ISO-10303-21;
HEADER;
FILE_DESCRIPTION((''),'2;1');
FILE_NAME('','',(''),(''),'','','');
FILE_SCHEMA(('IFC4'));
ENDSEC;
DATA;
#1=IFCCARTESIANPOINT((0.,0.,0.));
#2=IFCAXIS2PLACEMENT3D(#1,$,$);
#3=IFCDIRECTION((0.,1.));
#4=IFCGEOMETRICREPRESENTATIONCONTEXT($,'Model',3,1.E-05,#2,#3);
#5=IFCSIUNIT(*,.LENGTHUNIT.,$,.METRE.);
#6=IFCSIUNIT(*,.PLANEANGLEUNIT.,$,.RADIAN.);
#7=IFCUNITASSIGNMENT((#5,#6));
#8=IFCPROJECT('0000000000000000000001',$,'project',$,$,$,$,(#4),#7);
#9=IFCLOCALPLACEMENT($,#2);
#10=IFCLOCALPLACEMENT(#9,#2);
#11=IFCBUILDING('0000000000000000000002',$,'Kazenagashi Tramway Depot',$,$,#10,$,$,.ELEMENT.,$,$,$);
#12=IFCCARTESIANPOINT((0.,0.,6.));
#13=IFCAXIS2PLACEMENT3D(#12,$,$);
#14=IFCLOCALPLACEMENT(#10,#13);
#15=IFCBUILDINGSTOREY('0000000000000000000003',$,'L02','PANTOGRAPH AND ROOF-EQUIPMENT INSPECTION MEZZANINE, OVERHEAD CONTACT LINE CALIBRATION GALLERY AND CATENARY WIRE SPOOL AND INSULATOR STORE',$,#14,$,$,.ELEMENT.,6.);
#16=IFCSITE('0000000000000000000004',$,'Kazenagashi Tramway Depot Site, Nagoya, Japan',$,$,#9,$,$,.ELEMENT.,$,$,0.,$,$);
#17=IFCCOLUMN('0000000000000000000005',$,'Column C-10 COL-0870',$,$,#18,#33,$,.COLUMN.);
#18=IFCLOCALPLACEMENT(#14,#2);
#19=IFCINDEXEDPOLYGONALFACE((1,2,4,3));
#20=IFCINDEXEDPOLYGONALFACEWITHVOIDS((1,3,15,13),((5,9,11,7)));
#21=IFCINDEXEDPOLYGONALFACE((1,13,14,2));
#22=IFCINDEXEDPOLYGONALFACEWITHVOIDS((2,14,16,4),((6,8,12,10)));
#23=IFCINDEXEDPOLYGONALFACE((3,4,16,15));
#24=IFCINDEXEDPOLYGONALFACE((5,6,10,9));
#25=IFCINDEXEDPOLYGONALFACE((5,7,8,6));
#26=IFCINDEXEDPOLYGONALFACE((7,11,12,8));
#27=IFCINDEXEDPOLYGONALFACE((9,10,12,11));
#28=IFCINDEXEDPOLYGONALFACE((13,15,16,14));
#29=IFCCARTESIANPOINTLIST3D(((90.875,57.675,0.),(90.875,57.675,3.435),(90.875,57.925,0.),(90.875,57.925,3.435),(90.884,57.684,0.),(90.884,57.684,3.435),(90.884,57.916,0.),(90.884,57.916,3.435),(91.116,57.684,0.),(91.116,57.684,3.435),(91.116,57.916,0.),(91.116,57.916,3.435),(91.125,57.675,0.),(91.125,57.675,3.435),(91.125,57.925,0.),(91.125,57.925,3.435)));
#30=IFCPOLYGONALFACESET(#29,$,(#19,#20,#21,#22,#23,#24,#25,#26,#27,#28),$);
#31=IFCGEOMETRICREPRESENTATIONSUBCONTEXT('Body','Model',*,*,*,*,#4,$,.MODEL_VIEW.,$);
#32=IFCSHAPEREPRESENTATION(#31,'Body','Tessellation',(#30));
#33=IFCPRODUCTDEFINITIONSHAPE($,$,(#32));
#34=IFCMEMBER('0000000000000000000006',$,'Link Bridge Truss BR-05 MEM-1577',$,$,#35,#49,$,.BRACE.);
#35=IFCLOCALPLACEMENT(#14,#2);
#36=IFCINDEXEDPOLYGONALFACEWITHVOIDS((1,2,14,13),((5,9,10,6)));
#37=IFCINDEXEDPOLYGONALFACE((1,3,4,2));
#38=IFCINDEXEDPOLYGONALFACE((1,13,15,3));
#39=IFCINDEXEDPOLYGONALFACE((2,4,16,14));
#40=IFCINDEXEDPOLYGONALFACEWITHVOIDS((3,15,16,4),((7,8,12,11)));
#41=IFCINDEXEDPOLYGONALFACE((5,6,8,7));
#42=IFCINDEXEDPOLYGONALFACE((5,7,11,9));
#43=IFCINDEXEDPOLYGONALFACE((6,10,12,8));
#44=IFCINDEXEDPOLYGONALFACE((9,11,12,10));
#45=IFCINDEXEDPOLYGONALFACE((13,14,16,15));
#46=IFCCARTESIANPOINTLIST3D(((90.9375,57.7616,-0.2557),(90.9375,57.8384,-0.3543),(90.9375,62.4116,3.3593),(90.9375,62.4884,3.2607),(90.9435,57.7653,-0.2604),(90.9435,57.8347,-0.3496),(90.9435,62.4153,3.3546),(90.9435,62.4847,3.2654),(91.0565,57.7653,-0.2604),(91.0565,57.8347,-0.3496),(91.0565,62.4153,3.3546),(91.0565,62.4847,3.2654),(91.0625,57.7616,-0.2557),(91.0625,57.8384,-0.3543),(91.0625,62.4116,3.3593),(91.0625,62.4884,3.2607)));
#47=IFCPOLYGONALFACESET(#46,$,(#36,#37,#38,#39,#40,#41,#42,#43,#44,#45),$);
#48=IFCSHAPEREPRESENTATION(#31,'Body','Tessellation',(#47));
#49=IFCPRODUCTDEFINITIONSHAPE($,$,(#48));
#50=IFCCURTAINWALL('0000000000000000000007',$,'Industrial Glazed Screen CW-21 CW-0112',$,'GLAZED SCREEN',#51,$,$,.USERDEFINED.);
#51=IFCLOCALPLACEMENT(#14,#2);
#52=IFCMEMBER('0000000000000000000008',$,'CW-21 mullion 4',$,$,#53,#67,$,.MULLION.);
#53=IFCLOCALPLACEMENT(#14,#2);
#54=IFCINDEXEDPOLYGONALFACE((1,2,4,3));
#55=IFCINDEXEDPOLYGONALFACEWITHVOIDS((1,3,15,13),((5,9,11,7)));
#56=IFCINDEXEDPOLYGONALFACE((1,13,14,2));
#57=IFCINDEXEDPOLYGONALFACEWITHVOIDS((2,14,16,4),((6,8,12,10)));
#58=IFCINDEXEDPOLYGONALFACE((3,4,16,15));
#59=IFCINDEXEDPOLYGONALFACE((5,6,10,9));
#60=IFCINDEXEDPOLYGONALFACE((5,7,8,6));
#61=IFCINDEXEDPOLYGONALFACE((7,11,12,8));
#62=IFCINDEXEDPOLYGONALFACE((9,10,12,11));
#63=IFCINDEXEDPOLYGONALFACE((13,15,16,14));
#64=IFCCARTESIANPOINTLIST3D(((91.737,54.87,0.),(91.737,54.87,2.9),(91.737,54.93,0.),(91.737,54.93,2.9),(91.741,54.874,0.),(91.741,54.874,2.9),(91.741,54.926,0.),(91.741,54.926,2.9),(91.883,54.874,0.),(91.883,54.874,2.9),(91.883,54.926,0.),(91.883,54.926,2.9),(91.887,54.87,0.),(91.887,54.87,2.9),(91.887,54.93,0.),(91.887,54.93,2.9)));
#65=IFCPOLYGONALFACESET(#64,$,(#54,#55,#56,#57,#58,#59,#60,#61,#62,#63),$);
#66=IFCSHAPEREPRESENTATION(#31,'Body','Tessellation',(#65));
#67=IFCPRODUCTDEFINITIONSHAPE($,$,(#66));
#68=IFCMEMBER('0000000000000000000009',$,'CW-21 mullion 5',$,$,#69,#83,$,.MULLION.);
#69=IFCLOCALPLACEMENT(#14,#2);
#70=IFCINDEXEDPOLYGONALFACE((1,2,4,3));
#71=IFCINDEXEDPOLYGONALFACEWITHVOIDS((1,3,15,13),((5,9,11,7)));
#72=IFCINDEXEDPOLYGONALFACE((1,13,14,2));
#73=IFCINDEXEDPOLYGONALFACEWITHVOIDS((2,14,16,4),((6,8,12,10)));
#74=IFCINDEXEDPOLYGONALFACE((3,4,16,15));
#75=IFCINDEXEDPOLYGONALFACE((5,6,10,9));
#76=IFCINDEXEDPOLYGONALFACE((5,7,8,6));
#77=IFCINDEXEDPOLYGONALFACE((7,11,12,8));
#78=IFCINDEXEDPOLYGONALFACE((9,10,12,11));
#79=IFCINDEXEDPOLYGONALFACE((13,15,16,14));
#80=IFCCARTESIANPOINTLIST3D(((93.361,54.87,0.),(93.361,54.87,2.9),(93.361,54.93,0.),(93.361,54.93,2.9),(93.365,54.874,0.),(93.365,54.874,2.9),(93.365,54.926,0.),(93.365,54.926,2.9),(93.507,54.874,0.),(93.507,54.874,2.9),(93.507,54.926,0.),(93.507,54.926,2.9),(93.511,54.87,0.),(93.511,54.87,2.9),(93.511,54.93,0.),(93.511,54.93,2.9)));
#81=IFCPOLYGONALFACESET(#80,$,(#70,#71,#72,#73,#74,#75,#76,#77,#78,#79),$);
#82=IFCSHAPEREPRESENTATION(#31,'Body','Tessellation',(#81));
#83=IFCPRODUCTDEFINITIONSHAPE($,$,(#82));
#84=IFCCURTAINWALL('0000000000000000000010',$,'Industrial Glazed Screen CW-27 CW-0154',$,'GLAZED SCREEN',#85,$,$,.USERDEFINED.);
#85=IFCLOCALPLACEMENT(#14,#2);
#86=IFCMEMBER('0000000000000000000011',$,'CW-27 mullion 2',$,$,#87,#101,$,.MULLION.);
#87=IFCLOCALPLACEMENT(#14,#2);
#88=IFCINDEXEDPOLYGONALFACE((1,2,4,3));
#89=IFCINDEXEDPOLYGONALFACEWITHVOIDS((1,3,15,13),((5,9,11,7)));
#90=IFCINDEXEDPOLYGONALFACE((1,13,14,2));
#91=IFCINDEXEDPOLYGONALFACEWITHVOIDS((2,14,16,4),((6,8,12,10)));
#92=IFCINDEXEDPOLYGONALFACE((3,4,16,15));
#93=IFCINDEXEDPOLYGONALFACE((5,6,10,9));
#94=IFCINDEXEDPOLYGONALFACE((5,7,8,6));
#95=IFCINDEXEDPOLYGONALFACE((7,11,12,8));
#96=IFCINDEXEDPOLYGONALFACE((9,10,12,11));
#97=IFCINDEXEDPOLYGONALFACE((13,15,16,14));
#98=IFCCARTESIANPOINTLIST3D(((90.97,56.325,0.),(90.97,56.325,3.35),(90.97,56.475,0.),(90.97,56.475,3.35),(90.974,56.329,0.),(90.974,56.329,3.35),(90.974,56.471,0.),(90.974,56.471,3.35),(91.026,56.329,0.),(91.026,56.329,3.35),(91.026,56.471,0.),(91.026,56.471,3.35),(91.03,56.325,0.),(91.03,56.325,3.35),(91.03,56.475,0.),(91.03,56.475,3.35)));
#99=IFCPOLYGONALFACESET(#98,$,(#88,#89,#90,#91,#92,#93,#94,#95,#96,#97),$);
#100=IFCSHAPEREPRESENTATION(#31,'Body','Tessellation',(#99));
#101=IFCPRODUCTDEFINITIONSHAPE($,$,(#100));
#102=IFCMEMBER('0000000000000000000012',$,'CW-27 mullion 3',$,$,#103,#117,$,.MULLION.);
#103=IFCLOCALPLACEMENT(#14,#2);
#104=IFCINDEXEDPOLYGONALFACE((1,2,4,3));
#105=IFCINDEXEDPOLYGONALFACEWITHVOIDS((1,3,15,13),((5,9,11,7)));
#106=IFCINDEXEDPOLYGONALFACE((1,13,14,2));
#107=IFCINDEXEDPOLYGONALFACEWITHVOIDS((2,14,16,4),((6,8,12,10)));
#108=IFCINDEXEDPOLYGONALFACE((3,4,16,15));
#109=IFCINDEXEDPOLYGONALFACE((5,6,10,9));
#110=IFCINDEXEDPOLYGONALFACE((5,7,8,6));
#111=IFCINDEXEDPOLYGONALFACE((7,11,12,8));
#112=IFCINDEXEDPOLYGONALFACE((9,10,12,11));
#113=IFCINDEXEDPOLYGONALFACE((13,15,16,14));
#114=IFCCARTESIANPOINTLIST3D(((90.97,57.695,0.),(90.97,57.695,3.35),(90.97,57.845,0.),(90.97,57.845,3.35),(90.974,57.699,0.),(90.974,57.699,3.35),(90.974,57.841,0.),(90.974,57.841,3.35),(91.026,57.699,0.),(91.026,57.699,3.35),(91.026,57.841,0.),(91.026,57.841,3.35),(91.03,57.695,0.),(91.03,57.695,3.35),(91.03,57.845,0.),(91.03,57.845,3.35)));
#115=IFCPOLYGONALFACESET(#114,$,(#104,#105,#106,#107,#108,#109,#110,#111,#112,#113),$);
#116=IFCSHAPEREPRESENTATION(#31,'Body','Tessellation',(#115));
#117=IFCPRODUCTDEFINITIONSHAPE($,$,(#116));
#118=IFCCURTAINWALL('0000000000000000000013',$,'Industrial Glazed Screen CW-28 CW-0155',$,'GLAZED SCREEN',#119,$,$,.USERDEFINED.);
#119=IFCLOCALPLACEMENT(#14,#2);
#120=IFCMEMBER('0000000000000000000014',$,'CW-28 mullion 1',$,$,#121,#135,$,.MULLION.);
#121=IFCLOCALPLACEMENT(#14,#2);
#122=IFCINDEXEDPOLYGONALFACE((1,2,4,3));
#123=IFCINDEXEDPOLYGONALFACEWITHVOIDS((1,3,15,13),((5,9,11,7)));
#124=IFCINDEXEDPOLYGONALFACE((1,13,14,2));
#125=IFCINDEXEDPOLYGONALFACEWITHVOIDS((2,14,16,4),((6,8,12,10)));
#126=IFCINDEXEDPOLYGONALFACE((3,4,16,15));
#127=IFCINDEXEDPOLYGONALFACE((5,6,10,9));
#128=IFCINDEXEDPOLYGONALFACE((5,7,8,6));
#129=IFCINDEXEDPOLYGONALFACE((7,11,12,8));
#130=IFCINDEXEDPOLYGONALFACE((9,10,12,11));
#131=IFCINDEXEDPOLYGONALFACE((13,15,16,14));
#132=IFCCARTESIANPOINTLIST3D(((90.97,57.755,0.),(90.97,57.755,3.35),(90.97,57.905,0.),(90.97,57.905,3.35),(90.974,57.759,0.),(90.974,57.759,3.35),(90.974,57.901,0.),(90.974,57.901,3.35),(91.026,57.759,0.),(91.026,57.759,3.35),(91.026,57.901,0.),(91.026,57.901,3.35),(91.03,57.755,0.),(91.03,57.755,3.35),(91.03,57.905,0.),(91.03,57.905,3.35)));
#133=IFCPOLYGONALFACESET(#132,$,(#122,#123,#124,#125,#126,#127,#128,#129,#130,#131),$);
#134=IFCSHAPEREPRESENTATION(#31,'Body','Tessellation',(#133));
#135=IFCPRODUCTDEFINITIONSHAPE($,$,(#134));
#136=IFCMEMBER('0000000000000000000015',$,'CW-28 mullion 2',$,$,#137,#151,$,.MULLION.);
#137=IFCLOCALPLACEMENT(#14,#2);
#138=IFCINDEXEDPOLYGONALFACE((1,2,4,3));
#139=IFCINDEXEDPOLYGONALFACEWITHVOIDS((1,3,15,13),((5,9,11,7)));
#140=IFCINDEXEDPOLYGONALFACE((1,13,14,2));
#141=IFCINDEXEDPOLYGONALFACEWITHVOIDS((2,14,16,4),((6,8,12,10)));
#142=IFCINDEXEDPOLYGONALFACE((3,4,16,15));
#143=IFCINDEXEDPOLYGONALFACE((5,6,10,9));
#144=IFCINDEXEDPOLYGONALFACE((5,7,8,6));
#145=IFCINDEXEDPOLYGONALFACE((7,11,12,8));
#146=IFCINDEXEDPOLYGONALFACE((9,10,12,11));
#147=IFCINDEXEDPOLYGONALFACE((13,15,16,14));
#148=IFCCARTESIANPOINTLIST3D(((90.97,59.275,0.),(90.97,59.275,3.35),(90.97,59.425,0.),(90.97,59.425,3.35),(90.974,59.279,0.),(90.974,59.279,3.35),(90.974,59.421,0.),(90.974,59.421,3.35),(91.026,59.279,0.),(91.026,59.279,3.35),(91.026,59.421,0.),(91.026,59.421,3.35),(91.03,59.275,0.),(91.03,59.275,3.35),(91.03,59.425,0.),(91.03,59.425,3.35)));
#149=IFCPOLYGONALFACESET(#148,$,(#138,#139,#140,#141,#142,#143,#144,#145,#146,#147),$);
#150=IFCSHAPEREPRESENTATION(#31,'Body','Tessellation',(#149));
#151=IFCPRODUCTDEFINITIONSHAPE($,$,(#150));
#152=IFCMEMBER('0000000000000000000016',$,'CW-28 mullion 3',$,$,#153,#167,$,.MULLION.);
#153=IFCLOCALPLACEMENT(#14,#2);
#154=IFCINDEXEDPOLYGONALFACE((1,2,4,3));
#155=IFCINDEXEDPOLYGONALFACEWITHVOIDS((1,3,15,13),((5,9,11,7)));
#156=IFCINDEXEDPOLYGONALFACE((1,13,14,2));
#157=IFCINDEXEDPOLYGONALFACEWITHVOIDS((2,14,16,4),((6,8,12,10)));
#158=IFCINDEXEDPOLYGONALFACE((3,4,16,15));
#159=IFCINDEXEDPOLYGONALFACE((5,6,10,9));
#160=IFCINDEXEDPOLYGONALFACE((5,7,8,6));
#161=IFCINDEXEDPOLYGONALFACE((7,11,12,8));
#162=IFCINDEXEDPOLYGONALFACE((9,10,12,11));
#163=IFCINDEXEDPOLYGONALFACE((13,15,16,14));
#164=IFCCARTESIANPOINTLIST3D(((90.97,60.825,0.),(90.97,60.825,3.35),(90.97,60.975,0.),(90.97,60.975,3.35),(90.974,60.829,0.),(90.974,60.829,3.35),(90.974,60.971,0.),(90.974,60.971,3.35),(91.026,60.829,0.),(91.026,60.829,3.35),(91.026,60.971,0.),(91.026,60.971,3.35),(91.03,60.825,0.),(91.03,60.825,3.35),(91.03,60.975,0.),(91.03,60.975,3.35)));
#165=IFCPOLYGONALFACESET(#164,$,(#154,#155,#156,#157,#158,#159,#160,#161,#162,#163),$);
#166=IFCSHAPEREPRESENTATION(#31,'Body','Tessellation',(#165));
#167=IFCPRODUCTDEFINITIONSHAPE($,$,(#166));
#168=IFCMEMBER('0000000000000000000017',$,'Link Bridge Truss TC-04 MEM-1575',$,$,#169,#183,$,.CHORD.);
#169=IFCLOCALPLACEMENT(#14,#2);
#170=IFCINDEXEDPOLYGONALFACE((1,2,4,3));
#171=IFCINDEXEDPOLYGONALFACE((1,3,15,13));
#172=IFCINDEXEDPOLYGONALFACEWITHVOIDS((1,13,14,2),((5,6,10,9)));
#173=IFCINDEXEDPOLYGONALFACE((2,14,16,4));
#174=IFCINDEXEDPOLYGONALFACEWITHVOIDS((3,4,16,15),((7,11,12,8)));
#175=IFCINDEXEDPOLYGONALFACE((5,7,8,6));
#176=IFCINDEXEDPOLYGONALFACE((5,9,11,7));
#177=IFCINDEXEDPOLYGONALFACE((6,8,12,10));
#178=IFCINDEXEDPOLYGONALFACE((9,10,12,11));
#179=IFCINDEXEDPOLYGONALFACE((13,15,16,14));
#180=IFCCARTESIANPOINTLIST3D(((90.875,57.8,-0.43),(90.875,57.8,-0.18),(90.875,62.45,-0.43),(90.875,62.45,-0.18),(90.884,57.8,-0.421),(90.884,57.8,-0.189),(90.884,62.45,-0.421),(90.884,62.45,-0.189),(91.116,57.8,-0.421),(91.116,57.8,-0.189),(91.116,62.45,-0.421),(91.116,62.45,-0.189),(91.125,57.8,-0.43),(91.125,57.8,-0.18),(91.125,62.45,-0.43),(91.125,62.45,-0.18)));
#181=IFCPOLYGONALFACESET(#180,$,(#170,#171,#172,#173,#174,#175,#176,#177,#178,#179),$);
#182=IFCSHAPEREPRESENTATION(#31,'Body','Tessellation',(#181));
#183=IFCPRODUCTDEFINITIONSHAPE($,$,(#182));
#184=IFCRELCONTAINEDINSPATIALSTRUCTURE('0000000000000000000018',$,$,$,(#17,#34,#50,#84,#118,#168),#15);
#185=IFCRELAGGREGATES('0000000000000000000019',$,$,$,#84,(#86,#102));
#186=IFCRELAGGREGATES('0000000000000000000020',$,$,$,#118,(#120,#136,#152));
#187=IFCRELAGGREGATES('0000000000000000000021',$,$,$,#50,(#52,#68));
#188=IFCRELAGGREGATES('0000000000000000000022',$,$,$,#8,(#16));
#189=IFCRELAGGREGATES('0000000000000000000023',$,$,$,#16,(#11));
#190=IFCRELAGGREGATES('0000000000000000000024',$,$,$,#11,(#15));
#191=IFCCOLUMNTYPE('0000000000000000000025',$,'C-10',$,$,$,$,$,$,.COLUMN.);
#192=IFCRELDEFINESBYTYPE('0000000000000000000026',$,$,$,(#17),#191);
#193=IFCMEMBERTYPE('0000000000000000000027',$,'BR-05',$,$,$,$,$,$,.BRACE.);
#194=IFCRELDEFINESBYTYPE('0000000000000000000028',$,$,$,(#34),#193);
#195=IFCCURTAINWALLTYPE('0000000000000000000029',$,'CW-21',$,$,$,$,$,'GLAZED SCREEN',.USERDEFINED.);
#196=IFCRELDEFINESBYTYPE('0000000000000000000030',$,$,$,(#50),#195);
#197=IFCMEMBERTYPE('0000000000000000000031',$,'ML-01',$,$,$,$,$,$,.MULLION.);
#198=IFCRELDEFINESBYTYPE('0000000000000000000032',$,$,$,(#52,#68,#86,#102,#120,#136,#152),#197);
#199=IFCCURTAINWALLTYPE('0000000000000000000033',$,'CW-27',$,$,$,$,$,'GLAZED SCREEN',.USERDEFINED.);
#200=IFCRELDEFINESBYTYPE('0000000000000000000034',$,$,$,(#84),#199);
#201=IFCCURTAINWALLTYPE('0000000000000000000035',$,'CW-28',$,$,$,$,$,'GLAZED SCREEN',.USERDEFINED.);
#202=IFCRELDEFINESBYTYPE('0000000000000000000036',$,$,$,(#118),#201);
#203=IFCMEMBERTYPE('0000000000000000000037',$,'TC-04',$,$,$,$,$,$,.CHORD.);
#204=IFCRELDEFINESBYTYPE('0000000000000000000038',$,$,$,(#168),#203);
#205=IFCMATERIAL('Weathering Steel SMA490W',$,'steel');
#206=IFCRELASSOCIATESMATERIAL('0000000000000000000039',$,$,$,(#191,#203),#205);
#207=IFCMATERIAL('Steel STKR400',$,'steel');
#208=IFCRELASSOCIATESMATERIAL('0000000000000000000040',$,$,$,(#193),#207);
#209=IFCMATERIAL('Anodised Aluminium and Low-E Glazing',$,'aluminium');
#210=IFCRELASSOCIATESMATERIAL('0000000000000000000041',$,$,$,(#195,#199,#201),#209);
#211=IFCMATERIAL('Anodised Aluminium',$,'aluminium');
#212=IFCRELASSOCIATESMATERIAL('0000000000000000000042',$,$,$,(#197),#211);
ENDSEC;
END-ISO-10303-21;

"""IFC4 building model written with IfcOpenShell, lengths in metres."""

from ifc_helpers import new_model, si_unit, direction, frame, origin, origin_2d, place, context, subcontext, project, spatial, hollow_rectangle, extrude, material, material_profile, profile_set, type_object, element, aggregate, save


model = new_model("IFC4")

# Units and contexts
model_context = context("Model", 3, precision=1e-05, world=origin(), true_north=direction((0.0, 1.0)))
body_context = subcontext(model_context, "Body", "Model", "MODEL_VIEW")
ifc_project = project(units=[si_unit("LENGTHUNIT", "METRE"), si_unit("PLANEANGLEUNIT", "RADIAN")], contexts=[model_context])

# Site, building, storey
site_placement = place(None, origin())
site = spatial("IfcSite", under=ifc_project, at=site_placement, Name="Kazenagashi Tramway Depot Site, Nagoya, Japan", CompositionType="ELEMENT", RefElevation=0.0)
building_placement = place(site_placement, origin())
building = spatial("IfcBuilding", under=site, at=building_placement, Name="Kazenagashi Tramway Depot", CompositionType="ELEMENT")
storey_placement = place(building_placement, frame((0.0, 0.0, 6.0)))
storey = spatial("IfcBuildingStorey", under=building, at=storey_placement, Name="L02", Description="PANTOGRAPH AND ROOF-EQUIPMENT INSPECTION MEZZANINE, OVERHEAD CONTACT LINE CALIBRATION GALLERY AND CATENARY WIRE SPOOL AND INSULATOR STORE", CompositionType="ELEMENT", Elevation=6.0)

# Column
ifc_material_1 = material(Name="Weathering Steel SMA490W", Category="steel")
ifc_material_profile_1 = material_profile(ifc_material_1, hollow_rectangle(XDim=0.25, YDim=0.25, WallThickness=0.009, at=origin_2d()), Name="SHS-250x250x9")
ifc_profile_set_1 = profile_set([ifc_material_profile_1], Name="Weathering Steel SMA490W")
column_type = type_object("IfcColumnType", Name="C-10", PredefinedType="COLUMN", material=ifc_profile_set_1)
column_placement = place(storey_placement, frame((91.0, 57.8, 0.0), z_axis=(0.0, 0.0, 1.0), x_axis=(1.0, 0.0, 0.0)))
element("IfcColumn", 1, at=column_placement, inside=storey, type_object=column_type, Name="Column C-10 COL-0870", PredefinedType="COLUMN", context=body_context, shape_type="SweptSolid", body=[
    extrude(hollow_rectangle(XDim=0.25, YDim=0.25, WallThickness=0.009, at=origin_2d()), origin(), (0.0, 0.0, 1.0), 3.435),
])

# Member
ifc_material_2 = material(Name="Steel STKR400", Category="steel")
ifc_material_profile_2 = material_profile(ifc_material_2, hollow_rectangle(XDim=0.125, YDim=0.125, WallThickness=0.006, at=origin_2d()), Name="SHS-125x125x6")
ifc_profile_set_2 = profile_set([ifc_material_profile_2], Name="Steel STKR400")
member_type_1 = type_object("IfcMemberType", Name="BR-05", PredefinedType="BRACE", material=ifc_profile_set_2)
member_1_placement = place(storey_placement, frame((91.0, 57.8, -0.305), z_axis=(0.0, 0.789489, 0.613764), x_axis=(-1.0, 0.0, 0.0)))
element("IfcMember", 2, at=member_1_placement, inside=storey, type_object=member_type_1, Name="Link Bridge Truss BR-05 MEM-1577", PredefinedType="BRACE", context=body_context, shape_type="SweptSolid", body=[
    extrude(hollow_rectangle(XDim=0.125, YDim=0.125, WallThickness=0.006, at=origin_2d()), origin(), (0.0, 0.0, 1.0), 5.8899),
])

# Curtain walls, members
ifc_material_3 = material(Name="Anodised Aluminium and Low-E Glazing", Category="aluminium")
curtain_wall_type_1 = type_object("IfcCurtainWallType", Name="CW-21", ElementType="GLAZED SCREEN", PredefinedType="USERDEFINED", material=ifc_material_3)
curtain_wall_1_placement = place(storey_placement, origin())
curtain_wall_1 = element("IfcCurtainWall", 3, at=curtain_wall_1_placement, inside=storey, type_object=curtain_wall_type_1, Name="Industrial Glazed Screen CW-21 CW-0112", ObjectType="GLAZED SCREEN", PredefinedType="USERDEFINED")
ifc_material_4 = material(Name="Anodised Aluminium", Category="aluminium")
ifc_material_profile_3 = material_profile(ifc_material_4, hollow_rectangle(XDim=0.06, YDim=0.15, WallThickness=0.004, at=origin_2d()), Name="RHS-150x60x4")
ifc_profile_set_3 = profile_set([ifc_material_profile_3], Name="Anodised Aluminium")
member_type_2 = type_object("IfcMemberType", Name="ML-01", PredefinedType="MULLION", material=ifc_profile_set_3)
member_2_placement = place(storey_placement, frame((91.812, 54.9, 0.0), z_axis=(0.0, 0.0, 1.0), x_axis=(0.0, 1.0, 0.0)))
member_2 = element("IfcMember", 4, at=member_2_placement, type_object=member_type_2, Name="CW-21 mullion 4", PredefinedType="MULLION", context=body_context, shape_type="SweptSolid", body=[
    extrude(hollow_rectangle(XDim=0.06, YDim=0.15, WallThickness=0.004, at=origin_2d()), origin(), (0.0, 0.0, 1.0), 2.9),
])
member_3_placement = place(storey_placement, frame((93.436, 54.9, 0.0), z_axis=(0.0, 0.0, 1.0), x_axis=(0.0, 1.0, 0.0)))
member_3 = element("IfcMember", 5, at=member_3_placement, type_object=member_type_2, Name="CW-21 mullion 5", PredefinedType="MULLION", context=body_context, shape_type="SweptSolid", body=[
    extrude(hollow_rectangle(XDim=0.06, YDim=0.15, WallThickness=0.004, at=origin_2d()), origin(), (0.0, 0.0, 1.0), 2.9),
])
curtain_wall_type_2 = type_object("IfcCurtainWallType", Name="CW-27", ElementType="GLAZED SCREEN", PredefinedType="USERDEFINED", material=ifc_material_3)
curtain_wall_2_placement = place(storey_placement, origin())
curtain_wall_2 = element("IfcCurtainWall", 6, at=curtain_wall_2_placement, inside=storey, type_object=curtain_wall_type_2, Name="Industrial Glazed Screen CW-27 CW-0154", ObjectType="GLAZED SCREEN", PredefinedType="USERDEFINED")
member_4_placement = place(storey_placement, frame((91.0, 56.4, 0.0), z_axis=(0.0, 0.0, 1.0), x_axis=(-1.0, 0.0, 0.0)))
member_4 = element("IfcMember", 7, at=member_4_placement, type_object=member_type_2, Name="CW-27 mullion 2", PredefinedType="MULLION", context=body_context, shape_type="SweptSolid", body=[
    extrude(hollow_rectangle(XDim=0.06, YDim=0.15, WallThickness=0.004, at=origin_2d()), origin(), (0.0, 0.0, 1.0), 3.35),
])
member_5_placement = place(storey_placement, frame((91.0, 57.77, 0.0), z_axis=(0.0, 0.0, 1.0), x_axis=(-1.0, 0.0, 0.0)))
member_5 = element("IfcMember", 8, at=member_5_placement, type_object=member_type_2, Name="CW-27 mullion 3", PredefinedType="MULLION", context=body_context, shape_type="SweptSolid", body=[
    extrude(hollow_rectangle(XDim=0.06, YDim=0.15, WallThickness=0.004, at=origin_2d()), origin(), (0.0, 0.0, 1.0), 3.35),
])
curtain_wall_type_3 = type_object("IfcCurtainWallType", Name="CW-28", ElementType="GLAZED SCREEN", PredefinedType="USERDEFINED", material=ifc_material_3)
curtain_wall_3_placement = place(storey_placement, origin())
curtain_wall_3 = element("IfcCurtainWall", 9, at=curtain_wall_3_placement, inside=storey, type_object=curtain_wall_type_3, Name="Industrial Glazed Screen CW-28 CW-0155", ObjectType="GLAZED SCREEN", PredefinedType="USERDEFINED")
member_6_placement = place(storey_placement, frame((91.0, 57.83, 0.0), z_axis=(0.0, 0.0, 1.0), x_axis=(-1.0, 0.0, 0.0)))
member_6 = element("IfcMember", 10, at=member_6_placement, type_object=member_type_2, Name="CW-28 mullion 1", PredefinedType="MULLION", context=body_context, shape_type="SweptSolid", body=[
    extrude(hollow_rectangle(XDim=0.06, YDim=0.15, WallThickness=0.004, at=origin_2d()), origin(), (0.0, 0.0, 1.0), 3.35),
])
member_7_placement = place(storey_placement, frame((91.0, 59.35, 0.0), z_axis=(0.0, 0.0, 1.0), x_axis=(-1.0, 0.0, 0.0)))
member_7 = element("IfcMember", 11, at=member_7_placement, type_object=member_type_2, Name="CW-28 mullion 2", PredefinedType="MULLION", context=body_context, shape_type="SweptSolid", body=[
    extrude(hollow_rectangle(XDim=0.06, YDim=0.15, WallThickness=0.004, at=origin_2d()), origin(), (0.0, 0.0, 1.0), 3.35),
])
member_8_placement = place(storey_placement, frame((91.0, 60.9, 0.0), z_axis=(0.0, 0.0, 1.0), x_axis=(-1.0, 0.0, 0.0)))
member_8 = element("IfcMember", 12, at=member_8_placement, type_object=member_type_2, Name="CW-28 mullion 3", PredefinedType="MULLION", context=body_context, shape_type="SweptSolid", body=[
    extrude(hollow_rectangle(XDim=0.06, YDim=0.15, WallThickness=0.004, at=origin_2d()), origin(), (0.0, 0.0, 1.0), 3.35),
])

# Member
ifc_material_profile_4 = material_profile(ifc_material_1, hollow_rectangle(XDim=0.25, YDim=0.25, WallThickness=0.009, at=origin_2d()), Name="SHS-250x250x9")
ifc_profile_set_4 = profile_set([ifc_material_profile_4], Name="Weathering Steel SMA490W")
member_type_3 = type_object("IfcMemberType", Name="TC-04", PredefinedType="CHORD", material=ifc_profile_set_4)
member_9_placement = place(storey_placement, frame((91.0, 57.8, -0.305), z_axis=(0.0, 1.0, 0.0), x_axis=(-1.0, 0.0, 0.0)))
element("IfcMember", 13, at=member_9_placement, inside=storey, type_object=member_type_3, Name="Link Bridge Truss TC-04 MEM-1575", PredefinedType="CHORD", context=body_context, shape_type="SweptSolid", body=[
    extrude(hollow_rectangle(XDim=0.25, YDim=0.25, WallThickness=0.009, at=origin_2d()), origin(), (0.0, 0.0, 1.0), 4.65),
])

aggregate(curtain_wall_2, [member_4, member_5])
aggregate(curtain_wall_3, [member_6, member_7, member_8])
aggregate(curtain_wall_1, [member_2, member_3])

save(model, "model.ifc")
